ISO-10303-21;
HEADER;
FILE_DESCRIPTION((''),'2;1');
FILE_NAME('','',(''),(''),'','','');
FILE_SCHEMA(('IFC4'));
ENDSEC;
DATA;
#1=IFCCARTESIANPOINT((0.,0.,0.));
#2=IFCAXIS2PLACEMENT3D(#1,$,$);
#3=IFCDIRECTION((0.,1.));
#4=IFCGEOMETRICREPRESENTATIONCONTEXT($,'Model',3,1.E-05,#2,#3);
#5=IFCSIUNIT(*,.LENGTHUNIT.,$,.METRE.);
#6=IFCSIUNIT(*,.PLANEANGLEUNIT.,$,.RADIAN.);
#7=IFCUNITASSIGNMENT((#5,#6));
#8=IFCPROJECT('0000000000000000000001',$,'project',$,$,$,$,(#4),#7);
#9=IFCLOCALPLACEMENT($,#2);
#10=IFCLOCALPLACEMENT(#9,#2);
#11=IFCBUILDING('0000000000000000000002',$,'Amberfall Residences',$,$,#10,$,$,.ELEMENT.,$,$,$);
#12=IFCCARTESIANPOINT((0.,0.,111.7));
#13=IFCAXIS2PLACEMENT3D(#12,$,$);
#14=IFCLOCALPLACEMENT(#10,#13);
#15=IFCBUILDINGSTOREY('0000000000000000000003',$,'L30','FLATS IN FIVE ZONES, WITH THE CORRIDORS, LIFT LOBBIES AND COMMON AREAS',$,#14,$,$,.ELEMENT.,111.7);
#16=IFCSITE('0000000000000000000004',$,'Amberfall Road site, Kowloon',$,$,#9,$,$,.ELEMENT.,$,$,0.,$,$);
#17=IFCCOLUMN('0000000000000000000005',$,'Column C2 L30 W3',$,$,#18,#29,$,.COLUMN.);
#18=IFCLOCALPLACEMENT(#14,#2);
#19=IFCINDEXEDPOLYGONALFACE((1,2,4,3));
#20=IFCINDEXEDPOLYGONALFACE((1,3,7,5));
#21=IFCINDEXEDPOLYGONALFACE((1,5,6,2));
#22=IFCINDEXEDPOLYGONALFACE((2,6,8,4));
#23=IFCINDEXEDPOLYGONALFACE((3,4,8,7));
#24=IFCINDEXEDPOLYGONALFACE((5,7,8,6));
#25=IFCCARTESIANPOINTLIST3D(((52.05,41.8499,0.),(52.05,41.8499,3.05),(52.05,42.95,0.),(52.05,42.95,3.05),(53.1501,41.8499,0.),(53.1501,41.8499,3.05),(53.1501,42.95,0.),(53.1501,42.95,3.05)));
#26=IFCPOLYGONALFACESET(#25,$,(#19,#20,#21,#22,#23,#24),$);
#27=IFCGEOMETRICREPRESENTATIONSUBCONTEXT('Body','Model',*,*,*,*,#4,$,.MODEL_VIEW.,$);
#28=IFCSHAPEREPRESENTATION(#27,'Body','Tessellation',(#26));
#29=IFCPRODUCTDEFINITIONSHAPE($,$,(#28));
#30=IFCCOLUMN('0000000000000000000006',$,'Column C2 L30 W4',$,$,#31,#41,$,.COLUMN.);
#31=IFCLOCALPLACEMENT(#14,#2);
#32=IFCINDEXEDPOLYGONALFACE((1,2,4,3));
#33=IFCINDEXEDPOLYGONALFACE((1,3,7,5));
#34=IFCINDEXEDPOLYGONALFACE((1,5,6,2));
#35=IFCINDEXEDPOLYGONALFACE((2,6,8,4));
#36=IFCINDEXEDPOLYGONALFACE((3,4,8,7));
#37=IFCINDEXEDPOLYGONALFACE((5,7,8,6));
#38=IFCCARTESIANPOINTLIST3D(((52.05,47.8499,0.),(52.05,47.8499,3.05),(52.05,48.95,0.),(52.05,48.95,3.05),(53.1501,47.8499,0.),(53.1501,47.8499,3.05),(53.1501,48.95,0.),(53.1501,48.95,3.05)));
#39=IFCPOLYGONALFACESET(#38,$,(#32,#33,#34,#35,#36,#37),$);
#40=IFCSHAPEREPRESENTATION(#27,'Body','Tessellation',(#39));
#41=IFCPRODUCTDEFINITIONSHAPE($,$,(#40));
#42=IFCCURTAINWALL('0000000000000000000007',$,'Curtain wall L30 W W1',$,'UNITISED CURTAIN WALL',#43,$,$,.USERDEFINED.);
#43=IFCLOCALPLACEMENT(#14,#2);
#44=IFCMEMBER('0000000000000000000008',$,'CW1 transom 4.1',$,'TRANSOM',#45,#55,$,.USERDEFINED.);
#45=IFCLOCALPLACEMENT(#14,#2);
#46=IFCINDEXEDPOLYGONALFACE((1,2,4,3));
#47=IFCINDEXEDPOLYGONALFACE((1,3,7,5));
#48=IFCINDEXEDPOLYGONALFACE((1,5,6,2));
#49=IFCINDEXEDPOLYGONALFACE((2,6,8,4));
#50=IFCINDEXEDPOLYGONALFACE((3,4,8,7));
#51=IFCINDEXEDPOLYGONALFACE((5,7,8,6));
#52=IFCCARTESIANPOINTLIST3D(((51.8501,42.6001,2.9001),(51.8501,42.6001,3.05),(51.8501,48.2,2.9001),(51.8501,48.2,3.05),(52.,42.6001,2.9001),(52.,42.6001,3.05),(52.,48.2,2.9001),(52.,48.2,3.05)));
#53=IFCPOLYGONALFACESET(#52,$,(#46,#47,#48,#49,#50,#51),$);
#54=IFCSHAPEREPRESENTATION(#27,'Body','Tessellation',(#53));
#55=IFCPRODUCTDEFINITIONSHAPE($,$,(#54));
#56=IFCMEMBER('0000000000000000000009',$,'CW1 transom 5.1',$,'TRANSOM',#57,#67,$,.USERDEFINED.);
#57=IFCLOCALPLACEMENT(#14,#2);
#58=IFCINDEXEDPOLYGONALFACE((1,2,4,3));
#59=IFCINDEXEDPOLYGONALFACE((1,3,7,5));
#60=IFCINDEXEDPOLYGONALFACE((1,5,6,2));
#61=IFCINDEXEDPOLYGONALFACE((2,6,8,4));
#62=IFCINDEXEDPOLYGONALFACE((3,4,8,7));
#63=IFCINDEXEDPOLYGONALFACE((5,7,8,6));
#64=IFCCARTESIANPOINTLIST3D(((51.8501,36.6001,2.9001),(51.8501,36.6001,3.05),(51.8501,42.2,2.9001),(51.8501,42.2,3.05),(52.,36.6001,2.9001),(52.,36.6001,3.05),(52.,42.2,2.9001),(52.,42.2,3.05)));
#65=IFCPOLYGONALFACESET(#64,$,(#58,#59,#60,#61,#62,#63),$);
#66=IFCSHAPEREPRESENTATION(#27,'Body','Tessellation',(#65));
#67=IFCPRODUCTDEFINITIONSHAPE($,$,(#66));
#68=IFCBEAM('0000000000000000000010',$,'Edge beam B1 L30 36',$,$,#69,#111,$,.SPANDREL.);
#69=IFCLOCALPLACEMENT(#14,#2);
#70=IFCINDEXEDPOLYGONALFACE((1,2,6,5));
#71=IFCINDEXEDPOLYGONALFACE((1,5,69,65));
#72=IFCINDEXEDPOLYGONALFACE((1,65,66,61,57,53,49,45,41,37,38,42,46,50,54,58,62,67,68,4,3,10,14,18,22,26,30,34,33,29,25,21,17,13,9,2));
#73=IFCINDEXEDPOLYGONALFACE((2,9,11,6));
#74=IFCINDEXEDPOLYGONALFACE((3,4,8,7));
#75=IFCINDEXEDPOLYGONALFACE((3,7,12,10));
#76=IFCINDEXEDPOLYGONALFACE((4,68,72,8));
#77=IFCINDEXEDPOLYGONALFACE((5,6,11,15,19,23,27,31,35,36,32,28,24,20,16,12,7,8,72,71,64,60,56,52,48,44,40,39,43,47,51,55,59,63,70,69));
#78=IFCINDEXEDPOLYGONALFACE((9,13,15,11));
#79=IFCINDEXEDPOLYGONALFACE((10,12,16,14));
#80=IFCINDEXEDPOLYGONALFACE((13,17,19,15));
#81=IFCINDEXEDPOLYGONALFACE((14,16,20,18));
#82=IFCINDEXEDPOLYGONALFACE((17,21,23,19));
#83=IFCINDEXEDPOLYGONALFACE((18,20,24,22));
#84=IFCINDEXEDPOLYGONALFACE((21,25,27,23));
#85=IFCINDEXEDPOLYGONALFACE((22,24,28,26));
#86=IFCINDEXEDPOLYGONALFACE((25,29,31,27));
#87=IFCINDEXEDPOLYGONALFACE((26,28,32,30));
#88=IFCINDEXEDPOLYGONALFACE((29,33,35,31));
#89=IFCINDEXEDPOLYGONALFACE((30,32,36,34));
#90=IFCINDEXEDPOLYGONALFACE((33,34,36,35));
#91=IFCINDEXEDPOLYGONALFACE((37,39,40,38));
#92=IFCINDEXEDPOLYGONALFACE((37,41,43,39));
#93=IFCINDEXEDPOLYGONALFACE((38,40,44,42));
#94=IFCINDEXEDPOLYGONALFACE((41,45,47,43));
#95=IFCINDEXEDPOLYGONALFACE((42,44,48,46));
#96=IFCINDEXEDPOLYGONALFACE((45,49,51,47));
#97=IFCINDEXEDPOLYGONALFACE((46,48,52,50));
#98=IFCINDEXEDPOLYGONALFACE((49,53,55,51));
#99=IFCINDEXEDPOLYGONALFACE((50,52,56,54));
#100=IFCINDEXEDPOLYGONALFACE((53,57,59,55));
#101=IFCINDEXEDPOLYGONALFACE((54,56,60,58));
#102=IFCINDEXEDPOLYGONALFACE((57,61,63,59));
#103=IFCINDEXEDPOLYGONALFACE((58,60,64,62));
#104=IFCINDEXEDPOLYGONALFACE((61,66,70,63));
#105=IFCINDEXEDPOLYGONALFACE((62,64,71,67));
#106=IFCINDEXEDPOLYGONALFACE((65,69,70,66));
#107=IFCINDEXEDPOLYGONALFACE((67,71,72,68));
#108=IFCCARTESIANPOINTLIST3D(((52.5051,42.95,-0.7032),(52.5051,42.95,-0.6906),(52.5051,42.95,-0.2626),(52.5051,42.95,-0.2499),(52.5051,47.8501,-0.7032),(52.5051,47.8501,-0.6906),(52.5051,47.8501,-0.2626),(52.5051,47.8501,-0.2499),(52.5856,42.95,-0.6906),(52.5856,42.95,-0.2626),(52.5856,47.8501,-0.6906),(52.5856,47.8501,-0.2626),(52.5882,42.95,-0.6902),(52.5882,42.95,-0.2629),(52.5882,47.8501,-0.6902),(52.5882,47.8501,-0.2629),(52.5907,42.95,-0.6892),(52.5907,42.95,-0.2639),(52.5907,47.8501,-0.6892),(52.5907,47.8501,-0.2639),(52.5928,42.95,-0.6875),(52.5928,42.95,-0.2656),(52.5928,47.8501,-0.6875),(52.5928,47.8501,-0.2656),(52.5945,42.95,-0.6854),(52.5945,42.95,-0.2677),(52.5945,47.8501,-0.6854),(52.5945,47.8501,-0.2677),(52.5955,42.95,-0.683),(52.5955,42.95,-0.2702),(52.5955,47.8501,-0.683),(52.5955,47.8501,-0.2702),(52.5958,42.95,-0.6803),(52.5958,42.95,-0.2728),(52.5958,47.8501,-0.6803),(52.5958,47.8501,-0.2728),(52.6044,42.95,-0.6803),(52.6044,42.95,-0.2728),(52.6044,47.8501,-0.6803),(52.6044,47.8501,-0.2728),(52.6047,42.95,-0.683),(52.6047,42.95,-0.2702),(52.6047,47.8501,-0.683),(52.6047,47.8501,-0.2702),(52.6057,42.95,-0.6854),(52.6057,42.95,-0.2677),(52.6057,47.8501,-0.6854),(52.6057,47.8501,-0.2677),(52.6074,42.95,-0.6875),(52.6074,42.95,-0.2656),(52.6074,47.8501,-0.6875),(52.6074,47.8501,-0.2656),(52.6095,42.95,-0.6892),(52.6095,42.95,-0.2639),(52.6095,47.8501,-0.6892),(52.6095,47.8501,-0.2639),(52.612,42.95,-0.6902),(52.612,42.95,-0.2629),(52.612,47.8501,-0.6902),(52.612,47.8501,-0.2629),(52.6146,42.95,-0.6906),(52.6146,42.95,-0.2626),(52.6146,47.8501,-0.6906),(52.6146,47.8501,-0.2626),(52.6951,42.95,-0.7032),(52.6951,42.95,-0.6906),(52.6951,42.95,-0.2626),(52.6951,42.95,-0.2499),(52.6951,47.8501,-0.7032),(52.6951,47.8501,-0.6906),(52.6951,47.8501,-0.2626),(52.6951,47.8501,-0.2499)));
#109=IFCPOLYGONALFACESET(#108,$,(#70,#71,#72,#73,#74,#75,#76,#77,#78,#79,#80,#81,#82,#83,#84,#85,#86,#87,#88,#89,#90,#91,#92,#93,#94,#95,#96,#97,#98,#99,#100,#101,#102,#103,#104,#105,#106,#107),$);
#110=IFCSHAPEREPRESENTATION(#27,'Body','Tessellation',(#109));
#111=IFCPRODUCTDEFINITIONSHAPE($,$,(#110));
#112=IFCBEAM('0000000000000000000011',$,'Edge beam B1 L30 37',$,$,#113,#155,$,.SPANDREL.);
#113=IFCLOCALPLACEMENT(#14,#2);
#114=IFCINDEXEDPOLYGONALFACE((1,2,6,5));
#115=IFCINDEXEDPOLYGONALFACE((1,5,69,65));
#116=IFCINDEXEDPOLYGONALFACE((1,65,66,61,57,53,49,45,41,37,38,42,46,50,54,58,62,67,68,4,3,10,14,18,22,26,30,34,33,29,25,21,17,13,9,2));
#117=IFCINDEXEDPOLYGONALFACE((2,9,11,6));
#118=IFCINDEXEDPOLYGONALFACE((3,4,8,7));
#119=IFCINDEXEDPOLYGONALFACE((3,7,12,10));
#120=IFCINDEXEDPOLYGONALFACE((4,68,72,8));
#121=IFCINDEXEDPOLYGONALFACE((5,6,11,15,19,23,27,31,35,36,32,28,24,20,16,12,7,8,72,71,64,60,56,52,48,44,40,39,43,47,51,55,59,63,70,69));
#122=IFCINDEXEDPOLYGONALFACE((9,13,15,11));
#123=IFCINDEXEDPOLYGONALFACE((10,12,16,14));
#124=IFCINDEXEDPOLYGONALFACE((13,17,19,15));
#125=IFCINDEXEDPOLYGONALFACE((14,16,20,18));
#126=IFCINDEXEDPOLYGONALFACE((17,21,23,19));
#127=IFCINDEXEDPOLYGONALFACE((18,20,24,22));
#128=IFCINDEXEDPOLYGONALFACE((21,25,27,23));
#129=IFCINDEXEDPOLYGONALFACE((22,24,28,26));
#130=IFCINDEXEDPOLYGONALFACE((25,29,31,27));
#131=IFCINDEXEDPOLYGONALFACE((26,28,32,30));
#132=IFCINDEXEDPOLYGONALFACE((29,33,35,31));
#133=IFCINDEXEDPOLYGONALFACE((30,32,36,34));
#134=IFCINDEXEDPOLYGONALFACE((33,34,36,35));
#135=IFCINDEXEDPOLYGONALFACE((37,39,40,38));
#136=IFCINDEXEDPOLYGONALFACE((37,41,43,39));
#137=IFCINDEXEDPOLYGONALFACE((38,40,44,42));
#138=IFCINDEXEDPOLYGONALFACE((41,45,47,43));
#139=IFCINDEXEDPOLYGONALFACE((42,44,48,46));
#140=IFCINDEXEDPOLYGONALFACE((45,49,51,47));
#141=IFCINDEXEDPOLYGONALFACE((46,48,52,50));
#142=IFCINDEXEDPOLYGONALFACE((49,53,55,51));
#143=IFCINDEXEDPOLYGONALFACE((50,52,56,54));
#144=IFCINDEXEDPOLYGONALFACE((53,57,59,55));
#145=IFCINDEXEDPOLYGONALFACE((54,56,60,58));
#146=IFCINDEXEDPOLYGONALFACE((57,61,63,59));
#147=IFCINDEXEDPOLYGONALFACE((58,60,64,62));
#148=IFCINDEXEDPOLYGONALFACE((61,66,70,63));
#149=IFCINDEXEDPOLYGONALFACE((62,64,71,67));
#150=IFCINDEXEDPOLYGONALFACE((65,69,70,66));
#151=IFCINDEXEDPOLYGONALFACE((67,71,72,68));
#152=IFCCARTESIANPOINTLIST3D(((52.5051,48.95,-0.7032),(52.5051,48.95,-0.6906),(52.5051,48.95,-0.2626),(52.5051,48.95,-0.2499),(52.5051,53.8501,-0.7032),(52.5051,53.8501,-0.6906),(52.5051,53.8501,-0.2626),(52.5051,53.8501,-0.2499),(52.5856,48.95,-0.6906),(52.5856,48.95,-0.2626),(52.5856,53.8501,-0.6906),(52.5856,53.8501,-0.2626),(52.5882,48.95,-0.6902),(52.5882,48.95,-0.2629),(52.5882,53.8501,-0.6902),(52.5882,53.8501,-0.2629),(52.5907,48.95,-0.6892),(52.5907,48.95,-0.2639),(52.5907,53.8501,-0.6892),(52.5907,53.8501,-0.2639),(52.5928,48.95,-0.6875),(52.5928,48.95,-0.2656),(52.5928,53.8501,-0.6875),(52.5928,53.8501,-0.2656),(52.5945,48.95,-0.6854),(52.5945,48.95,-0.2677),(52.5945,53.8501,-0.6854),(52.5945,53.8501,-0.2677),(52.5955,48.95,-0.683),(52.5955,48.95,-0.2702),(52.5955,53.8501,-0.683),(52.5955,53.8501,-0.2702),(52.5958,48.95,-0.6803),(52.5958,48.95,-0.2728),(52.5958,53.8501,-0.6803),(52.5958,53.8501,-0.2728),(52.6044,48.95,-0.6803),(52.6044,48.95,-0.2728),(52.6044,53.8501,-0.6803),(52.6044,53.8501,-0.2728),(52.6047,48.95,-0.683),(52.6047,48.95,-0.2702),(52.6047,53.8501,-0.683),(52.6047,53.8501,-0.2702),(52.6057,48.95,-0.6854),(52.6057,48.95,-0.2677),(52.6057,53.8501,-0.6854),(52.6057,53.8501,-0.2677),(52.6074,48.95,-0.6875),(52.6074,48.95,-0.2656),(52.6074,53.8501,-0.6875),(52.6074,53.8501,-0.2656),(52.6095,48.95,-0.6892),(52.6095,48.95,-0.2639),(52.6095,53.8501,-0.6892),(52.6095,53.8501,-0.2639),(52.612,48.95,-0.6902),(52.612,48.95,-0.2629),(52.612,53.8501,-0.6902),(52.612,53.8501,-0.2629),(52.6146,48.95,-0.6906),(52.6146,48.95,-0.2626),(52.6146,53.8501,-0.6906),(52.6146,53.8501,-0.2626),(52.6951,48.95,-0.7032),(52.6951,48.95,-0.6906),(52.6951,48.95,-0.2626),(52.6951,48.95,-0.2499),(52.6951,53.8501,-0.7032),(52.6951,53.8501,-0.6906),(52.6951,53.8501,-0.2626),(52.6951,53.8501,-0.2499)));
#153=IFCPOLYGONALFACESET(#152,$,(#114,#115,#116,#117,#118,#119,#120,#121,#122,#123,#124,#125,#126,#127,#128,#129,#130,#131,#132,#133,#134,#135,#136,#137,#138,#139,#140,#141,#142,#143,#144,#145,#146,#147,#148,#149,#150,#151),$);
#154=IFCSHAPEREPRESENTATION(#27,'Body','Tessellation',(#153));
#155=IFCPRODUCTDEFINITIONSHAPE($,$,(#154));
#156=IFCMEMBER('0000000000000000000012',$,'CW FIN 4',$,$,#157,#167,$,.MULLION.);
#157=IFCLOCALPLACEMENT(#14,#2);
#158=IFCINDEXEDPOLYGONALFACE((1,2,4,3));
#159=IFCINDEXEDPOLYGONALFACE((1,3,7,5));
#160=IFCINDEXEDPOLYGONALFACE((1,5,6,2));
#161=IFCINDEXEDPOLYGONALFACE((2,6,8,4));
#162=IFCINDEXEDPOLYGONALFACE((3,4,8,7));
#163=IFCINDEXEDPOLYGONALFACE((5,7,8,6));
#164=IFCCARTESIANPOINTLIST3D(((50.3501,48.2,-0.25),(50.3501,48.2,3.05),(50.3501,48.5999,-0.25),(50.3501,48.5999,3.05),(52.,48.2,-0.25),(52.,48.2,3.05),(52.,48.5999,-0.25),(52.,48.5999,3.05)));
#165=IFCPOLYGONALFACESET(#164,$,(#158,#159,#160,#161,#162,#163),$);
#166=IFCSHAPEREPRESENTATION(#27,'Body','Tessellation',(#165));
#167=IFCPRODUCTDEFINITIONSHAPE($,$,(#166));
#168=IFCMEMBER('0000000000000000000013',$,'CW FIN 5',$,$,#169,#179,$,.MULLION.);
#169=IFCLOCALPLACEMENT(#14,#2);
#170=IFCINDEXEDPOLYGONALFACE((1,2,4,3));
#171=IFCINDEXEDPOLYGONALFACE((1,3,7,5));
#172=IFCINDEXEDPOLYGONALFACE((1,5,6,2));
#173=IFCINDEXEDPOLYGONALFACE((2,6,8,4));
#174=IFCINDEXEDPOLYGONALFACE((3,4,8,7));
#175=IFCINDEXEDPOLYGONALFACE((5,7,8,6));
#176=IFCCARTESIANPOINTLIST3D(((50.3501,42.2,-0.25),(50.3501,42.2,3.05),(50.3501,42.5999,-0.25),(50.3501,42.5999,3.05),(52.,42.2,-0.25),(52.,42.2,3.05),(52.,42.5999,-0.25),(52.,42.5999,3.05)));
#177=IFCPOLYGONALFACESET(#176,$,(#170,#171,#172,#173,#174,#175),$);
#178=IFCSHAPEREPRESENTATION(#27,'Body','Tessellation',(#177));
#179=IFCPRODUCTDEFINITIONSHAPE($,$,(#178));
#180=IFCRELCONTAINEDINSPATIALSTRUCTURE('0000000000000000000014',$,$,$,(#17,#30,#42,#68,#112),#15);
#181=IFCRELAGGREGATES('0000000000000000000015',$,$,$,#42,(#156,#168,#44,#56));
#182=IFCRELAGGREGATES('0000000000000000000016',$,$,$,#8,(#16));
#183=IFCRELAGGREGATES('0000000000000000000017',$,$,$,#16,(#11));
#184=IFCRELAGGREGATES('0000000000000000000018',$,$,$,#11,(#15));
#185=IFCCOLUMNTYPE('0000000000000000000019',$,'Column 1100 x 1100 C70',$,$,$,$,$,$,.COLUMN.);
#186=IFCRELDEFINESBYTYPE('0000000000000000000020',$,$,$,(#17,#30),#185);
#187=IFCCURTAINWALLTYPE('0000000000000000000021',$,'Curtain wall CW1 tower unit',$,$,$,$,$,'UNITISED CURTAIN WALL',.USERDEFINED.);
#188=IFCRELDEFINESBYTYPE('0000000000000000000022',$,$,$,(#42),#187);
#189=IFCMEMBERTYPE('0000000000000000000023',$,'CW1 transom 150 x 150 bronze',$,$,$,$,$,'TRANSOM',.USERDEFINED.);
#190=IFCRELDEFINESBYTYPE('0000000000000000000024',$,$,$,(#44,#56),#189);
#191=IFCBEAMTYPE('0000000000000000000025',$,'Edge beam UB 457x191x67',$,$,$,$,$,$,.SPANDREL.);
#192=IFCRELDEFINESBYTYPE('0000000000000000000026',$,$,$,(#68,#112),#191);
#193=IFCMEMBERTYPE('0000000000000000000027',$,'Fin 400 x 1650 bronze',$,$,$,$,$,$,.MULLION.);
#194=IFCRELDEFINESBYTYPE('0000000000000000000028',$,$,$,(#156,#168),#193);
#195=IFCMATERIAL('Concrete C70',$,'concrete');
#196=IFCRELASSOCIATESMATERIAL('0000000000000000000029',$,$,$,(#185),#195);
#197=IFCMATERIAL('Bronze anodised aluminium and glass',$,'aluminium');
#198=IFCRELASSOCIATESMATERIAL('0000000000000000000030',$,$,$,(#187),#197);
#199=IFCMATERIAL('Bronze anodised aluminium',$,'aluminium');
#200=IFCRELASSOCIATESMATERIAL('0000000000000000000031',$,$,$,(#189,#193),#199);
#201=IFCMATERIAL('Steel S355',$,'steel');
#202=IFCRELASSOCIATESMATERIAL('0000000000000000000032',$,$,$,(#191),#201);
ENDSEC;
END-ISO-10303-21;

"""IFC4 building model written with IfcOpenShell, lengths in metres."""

from ifc_helpers import new_model, si_unit, direction, frame, origin, origin_2d, place, context, subcontext, project, spatial, rectangle, i_section, extrude, material, material_profile, profile_set, type_object, element, aggregate, save


model = new_model("IFC4")

# Units and contexts
model_context = context("Model", 3, precision=1e-05, world=origin(), true_north=direction((0.0, 1.0)))
body_context = subcontext(model_context, "Body", "Model", "MODEL_VIEW")
ifc_project = project(units=[si_unit("LENGTHUNIT", "METRE"), si_unit("PLANEANGLEUNIT", "RADIAN")], contexts=[model_context])

# Site, building, storey
site_placement = place(None, origin())
site = spatial("IfcSite", under=ifc_project, at=site_placement, Name="Amberfall Road site, Kowloon", CompositionType="ELEMENT", RefElevation=0.0)
building_placement = place(site_placement, origin())
building = spatial("IfcBuilding", under=site, at=building_placement, Name="Amberfall Residences", CompositionType="ELEMENT")
storey_placement = place(building_placement, frame((0.0, 0.0, 111.7)))
storey = spatial("IfcBuildingStorey", under=building, at=storey_placement, Name="L30", Description="FLATS IN FIVE ZONES, WITH THE CORRIDORS, LIFT LOBBIES AND COMMON AREAS", CompositionType="ELEMENT", Elevation=111.7)

# Columns
ifc_material_1 = material(Name="Concrete C70", Category="concrete")
ifc_material_profile_1 = material_profile(ifc_material_1, rectangle(XDim=1.1001, YDim=1.1001, at=origin_2d()), Name="Column 1100 x 1100 C70")
ifc_profile_set_1 = profile_set([ifc_material_profile_1], Name="Concrete C70")
column_type = type_object("IfcColumnType", Name="Column 1100 x 1100 C70", PredefinedType="COLUMN", material=ifc_profile_set_1)
for number, where, z_axis, x_axis, name in (
    (1, (52.6001, 42.3999, 0.0), (0.0, 0.0, 1.0), (1.0, 0.0, 0.0), "Column C2 L30 W3"),
    (2, (52.6001, 48.3999, 0.0), (0.0, 0.0, 1.0), (1.0, 0.0, 0.0), "Column C2 L30 W4"),
):
    element("IfcColumn", number, at=place(storey_placement, frame(where, z_axis=z_axis, x_axis=x_axis)), inside=storey, type_object=column_type, Name=name, PredefinedType="COLUMN", context=body_context, shape_type="SweptSolid", body=[
        extrude(rectangle(XDim=1.1001, YDim=1.1001, at=origin_2d()), origin(), (0.0, 0.0, 1.0), 3.05),
    ])

# Curtain wall, members
ifc_material_2 = material(Name="Bronze anodised aluminium and glass", Category="aluminium")
curtain_wall_type = type_object("IfcCurtainWallType", Name="Curtain wall CW1 tower unit", ElementType="UNITISED CURTAIN WALL", PredefinedType="USERDEFINED", material=ifc_material_2)
curtain_wall_placement = place(storey_placement, origin())
curtain_wall = element("IfcCurtainWall", 3, at=curtain_wall_placement, inside=storey, type_object=curtain_wall_type, Name="Curtain wall L30 W W1", ObjectType="UNITISED CURTAIN WALL", PredefinedType="USERDEFINED")
ifc_material_3 = material(Name="Bronze anodised aluminium", Category="aluminium")
ifc_material_profile_2 = material_profile(ifc_material_3, rectangle(XDim=0.1499, YDim=0.1499, at=origin_2d()), Name="CW1 transom 150 x 150 bronze")
ifc_profile_set_2 = profile_set([ifc_material_profile_2], Name="Bronze anodised aluminium")
member_type_1 = type_object("IfcMemberType", Name="CW1 transom 150 x 150 bronze", ElementType="TRANSOM", PredefinedType="USERDEFINED", material=ifc_profile_set_2)
member_1_placement = place(storey_placement, frame((51.925, 48.2, 2.9751), z_axis=(0.0, -1.0, 0.0), x_axis=(1.0, 0.0, 0.0)))
member_1 = element("IfcMember", 4, at=member_1_placement, type_object=member_type_1, Name="CW1 transom 4.1", ObjectType="TRANSOM", PredefinedType="USERDEFINED", context=body_context, shape_type="SweptSolid", body=[
    extrude(rectangle(XDim=0.1499, YDim=0.1499, at=origin_2d()), origin(), (0.0, 0.0, 1.0), 5.5999),
])
member_2_placement = place(storey_placement, frame((51.925, 42.2, 2.9751), z_axis=(0.0, -1.0, 0.0), x_axis=(1.0, 0.0, 0.0)))
member_2 = element("IfcMember", 5, at=member_2_placement, type_object=member_type_1, Name="CW1 transom 5.1", ObjectType="TRANSOM", PredefinedType="USERDEFINED", context=body_context, shape_type="SweptSolid", body=[
    extrude(rectangle(XDim=0.1499, YDim=0.1499, at=origin_2d()), origin(), (0.0, 0.0, 1.0), 5.5999),
])

# Beams
ifc_material_4 = material(Name="Steel S355", Category="steel")
ifc_material_profile_3 = material_profile(ifc_material_4, i_section(OverallWidth=0.1899, OverallDepth=0.4534, WebThickness=0.0085, FlangeThickness=0.0127, FilletRadius=0.0103, at=origin_2d()), Name="UB 457x191x67")
ifc_profile_set_3 = profile_set([ifc_material_profile_3], Name="Steel S355")
beam_type_1 = type_object("IfcBeamType", Name="Edge beam UB 457x191x67", PredefinedType="SPANDREL", material=ifc_profile_set_3)
for number, where, z_axis, x_axis, name in (
    (6, (52.6001, 42.95, -0.4766), (0.0, 1.0, 0.0), (-1.0, 0.0, 0.0), "Edge beam B1 L30 36"),
    (7, (52.6001, 48.95, -0.4766), (0.0, 1.0, 0.0), (-1.0, 0.0, 0.0), "Edge beam B1 L30 37"),
):
    element("IfcBeam", number, at=place(storey_placement, frame(where, z_axis=z_axis, x_axis=x_axis)), inside=storey, type_object=beam_type_1, Name=name, PredefinedType="SPANDREL", context=body_context, shape_type="SweptSolid", body=[
        extrude(i_section(OverallWidth=0.1899, OverallDepth=0.4534, WebThickness=0.0085, FlangeThickness=0.0127, FilletRadius=0.0103, at=origin_2d()), origin(), (0.0, 0.0, 1.0), 4.9001),
    ])

# Members
ifc_material_profile_4 = material_profile(ifc_material_3, rectangle(XDim=1.6499, YDim=0.3999, at=origin_2d()), Name="Fin 400 x 1650 bronze")
ifc_profile_set_4 = profile_set([ifc_material_profile_4], Name="Bronze anodised aluminium")
member_type_2 = type_object("IfcMemberType", Name="Fin 400 x 1650 bronze", PredefinedType="MULLION", material=ifc_profile_set_4)
member_3_placement = place(storey_placement, frame((51.175, 48.3999, -0.25), z_axis=(0.0, 0.0, 1.0), x_axis=(1.0, 0.0, 0.0)))
member_3 = element("IfcMember", 8, at=member_3_placement, type_object=member_type_2, Name="CW FIN 4", PredefinedType="MULLION", context=body_context, shape_type="SweptSolid", body=[
    extrude(rectangle(XDim=1.6499, YDim=0.3999, at=origin_2d()), origin(), (0.0, 0.0, 1.0), 3.3),
])
member_4_placement = place(storey_placement, frame((51.175, 42.3999, -0.25), z_axis=(0.0, 0.0, 1.0), x_axis=(1.0, 0.0, 0.0)))
member_4 = element("IfcMember", 9, at=member_4_placement, type_object=member_type_2, Name="CW FIN 5", PredefinedType="MULLION", context=body_context, shape_type="SweptSolid", body=[
    extrude(rectangle(XDim=1.6499, YDim=0.3999, at=origin_2d()), origin(), (0.0, 0.0, 1.0), 3.3),
])

aggregate(curtain_wall, [member_3, member_4, member_1, member_2])

save(model, "model.ifc")
